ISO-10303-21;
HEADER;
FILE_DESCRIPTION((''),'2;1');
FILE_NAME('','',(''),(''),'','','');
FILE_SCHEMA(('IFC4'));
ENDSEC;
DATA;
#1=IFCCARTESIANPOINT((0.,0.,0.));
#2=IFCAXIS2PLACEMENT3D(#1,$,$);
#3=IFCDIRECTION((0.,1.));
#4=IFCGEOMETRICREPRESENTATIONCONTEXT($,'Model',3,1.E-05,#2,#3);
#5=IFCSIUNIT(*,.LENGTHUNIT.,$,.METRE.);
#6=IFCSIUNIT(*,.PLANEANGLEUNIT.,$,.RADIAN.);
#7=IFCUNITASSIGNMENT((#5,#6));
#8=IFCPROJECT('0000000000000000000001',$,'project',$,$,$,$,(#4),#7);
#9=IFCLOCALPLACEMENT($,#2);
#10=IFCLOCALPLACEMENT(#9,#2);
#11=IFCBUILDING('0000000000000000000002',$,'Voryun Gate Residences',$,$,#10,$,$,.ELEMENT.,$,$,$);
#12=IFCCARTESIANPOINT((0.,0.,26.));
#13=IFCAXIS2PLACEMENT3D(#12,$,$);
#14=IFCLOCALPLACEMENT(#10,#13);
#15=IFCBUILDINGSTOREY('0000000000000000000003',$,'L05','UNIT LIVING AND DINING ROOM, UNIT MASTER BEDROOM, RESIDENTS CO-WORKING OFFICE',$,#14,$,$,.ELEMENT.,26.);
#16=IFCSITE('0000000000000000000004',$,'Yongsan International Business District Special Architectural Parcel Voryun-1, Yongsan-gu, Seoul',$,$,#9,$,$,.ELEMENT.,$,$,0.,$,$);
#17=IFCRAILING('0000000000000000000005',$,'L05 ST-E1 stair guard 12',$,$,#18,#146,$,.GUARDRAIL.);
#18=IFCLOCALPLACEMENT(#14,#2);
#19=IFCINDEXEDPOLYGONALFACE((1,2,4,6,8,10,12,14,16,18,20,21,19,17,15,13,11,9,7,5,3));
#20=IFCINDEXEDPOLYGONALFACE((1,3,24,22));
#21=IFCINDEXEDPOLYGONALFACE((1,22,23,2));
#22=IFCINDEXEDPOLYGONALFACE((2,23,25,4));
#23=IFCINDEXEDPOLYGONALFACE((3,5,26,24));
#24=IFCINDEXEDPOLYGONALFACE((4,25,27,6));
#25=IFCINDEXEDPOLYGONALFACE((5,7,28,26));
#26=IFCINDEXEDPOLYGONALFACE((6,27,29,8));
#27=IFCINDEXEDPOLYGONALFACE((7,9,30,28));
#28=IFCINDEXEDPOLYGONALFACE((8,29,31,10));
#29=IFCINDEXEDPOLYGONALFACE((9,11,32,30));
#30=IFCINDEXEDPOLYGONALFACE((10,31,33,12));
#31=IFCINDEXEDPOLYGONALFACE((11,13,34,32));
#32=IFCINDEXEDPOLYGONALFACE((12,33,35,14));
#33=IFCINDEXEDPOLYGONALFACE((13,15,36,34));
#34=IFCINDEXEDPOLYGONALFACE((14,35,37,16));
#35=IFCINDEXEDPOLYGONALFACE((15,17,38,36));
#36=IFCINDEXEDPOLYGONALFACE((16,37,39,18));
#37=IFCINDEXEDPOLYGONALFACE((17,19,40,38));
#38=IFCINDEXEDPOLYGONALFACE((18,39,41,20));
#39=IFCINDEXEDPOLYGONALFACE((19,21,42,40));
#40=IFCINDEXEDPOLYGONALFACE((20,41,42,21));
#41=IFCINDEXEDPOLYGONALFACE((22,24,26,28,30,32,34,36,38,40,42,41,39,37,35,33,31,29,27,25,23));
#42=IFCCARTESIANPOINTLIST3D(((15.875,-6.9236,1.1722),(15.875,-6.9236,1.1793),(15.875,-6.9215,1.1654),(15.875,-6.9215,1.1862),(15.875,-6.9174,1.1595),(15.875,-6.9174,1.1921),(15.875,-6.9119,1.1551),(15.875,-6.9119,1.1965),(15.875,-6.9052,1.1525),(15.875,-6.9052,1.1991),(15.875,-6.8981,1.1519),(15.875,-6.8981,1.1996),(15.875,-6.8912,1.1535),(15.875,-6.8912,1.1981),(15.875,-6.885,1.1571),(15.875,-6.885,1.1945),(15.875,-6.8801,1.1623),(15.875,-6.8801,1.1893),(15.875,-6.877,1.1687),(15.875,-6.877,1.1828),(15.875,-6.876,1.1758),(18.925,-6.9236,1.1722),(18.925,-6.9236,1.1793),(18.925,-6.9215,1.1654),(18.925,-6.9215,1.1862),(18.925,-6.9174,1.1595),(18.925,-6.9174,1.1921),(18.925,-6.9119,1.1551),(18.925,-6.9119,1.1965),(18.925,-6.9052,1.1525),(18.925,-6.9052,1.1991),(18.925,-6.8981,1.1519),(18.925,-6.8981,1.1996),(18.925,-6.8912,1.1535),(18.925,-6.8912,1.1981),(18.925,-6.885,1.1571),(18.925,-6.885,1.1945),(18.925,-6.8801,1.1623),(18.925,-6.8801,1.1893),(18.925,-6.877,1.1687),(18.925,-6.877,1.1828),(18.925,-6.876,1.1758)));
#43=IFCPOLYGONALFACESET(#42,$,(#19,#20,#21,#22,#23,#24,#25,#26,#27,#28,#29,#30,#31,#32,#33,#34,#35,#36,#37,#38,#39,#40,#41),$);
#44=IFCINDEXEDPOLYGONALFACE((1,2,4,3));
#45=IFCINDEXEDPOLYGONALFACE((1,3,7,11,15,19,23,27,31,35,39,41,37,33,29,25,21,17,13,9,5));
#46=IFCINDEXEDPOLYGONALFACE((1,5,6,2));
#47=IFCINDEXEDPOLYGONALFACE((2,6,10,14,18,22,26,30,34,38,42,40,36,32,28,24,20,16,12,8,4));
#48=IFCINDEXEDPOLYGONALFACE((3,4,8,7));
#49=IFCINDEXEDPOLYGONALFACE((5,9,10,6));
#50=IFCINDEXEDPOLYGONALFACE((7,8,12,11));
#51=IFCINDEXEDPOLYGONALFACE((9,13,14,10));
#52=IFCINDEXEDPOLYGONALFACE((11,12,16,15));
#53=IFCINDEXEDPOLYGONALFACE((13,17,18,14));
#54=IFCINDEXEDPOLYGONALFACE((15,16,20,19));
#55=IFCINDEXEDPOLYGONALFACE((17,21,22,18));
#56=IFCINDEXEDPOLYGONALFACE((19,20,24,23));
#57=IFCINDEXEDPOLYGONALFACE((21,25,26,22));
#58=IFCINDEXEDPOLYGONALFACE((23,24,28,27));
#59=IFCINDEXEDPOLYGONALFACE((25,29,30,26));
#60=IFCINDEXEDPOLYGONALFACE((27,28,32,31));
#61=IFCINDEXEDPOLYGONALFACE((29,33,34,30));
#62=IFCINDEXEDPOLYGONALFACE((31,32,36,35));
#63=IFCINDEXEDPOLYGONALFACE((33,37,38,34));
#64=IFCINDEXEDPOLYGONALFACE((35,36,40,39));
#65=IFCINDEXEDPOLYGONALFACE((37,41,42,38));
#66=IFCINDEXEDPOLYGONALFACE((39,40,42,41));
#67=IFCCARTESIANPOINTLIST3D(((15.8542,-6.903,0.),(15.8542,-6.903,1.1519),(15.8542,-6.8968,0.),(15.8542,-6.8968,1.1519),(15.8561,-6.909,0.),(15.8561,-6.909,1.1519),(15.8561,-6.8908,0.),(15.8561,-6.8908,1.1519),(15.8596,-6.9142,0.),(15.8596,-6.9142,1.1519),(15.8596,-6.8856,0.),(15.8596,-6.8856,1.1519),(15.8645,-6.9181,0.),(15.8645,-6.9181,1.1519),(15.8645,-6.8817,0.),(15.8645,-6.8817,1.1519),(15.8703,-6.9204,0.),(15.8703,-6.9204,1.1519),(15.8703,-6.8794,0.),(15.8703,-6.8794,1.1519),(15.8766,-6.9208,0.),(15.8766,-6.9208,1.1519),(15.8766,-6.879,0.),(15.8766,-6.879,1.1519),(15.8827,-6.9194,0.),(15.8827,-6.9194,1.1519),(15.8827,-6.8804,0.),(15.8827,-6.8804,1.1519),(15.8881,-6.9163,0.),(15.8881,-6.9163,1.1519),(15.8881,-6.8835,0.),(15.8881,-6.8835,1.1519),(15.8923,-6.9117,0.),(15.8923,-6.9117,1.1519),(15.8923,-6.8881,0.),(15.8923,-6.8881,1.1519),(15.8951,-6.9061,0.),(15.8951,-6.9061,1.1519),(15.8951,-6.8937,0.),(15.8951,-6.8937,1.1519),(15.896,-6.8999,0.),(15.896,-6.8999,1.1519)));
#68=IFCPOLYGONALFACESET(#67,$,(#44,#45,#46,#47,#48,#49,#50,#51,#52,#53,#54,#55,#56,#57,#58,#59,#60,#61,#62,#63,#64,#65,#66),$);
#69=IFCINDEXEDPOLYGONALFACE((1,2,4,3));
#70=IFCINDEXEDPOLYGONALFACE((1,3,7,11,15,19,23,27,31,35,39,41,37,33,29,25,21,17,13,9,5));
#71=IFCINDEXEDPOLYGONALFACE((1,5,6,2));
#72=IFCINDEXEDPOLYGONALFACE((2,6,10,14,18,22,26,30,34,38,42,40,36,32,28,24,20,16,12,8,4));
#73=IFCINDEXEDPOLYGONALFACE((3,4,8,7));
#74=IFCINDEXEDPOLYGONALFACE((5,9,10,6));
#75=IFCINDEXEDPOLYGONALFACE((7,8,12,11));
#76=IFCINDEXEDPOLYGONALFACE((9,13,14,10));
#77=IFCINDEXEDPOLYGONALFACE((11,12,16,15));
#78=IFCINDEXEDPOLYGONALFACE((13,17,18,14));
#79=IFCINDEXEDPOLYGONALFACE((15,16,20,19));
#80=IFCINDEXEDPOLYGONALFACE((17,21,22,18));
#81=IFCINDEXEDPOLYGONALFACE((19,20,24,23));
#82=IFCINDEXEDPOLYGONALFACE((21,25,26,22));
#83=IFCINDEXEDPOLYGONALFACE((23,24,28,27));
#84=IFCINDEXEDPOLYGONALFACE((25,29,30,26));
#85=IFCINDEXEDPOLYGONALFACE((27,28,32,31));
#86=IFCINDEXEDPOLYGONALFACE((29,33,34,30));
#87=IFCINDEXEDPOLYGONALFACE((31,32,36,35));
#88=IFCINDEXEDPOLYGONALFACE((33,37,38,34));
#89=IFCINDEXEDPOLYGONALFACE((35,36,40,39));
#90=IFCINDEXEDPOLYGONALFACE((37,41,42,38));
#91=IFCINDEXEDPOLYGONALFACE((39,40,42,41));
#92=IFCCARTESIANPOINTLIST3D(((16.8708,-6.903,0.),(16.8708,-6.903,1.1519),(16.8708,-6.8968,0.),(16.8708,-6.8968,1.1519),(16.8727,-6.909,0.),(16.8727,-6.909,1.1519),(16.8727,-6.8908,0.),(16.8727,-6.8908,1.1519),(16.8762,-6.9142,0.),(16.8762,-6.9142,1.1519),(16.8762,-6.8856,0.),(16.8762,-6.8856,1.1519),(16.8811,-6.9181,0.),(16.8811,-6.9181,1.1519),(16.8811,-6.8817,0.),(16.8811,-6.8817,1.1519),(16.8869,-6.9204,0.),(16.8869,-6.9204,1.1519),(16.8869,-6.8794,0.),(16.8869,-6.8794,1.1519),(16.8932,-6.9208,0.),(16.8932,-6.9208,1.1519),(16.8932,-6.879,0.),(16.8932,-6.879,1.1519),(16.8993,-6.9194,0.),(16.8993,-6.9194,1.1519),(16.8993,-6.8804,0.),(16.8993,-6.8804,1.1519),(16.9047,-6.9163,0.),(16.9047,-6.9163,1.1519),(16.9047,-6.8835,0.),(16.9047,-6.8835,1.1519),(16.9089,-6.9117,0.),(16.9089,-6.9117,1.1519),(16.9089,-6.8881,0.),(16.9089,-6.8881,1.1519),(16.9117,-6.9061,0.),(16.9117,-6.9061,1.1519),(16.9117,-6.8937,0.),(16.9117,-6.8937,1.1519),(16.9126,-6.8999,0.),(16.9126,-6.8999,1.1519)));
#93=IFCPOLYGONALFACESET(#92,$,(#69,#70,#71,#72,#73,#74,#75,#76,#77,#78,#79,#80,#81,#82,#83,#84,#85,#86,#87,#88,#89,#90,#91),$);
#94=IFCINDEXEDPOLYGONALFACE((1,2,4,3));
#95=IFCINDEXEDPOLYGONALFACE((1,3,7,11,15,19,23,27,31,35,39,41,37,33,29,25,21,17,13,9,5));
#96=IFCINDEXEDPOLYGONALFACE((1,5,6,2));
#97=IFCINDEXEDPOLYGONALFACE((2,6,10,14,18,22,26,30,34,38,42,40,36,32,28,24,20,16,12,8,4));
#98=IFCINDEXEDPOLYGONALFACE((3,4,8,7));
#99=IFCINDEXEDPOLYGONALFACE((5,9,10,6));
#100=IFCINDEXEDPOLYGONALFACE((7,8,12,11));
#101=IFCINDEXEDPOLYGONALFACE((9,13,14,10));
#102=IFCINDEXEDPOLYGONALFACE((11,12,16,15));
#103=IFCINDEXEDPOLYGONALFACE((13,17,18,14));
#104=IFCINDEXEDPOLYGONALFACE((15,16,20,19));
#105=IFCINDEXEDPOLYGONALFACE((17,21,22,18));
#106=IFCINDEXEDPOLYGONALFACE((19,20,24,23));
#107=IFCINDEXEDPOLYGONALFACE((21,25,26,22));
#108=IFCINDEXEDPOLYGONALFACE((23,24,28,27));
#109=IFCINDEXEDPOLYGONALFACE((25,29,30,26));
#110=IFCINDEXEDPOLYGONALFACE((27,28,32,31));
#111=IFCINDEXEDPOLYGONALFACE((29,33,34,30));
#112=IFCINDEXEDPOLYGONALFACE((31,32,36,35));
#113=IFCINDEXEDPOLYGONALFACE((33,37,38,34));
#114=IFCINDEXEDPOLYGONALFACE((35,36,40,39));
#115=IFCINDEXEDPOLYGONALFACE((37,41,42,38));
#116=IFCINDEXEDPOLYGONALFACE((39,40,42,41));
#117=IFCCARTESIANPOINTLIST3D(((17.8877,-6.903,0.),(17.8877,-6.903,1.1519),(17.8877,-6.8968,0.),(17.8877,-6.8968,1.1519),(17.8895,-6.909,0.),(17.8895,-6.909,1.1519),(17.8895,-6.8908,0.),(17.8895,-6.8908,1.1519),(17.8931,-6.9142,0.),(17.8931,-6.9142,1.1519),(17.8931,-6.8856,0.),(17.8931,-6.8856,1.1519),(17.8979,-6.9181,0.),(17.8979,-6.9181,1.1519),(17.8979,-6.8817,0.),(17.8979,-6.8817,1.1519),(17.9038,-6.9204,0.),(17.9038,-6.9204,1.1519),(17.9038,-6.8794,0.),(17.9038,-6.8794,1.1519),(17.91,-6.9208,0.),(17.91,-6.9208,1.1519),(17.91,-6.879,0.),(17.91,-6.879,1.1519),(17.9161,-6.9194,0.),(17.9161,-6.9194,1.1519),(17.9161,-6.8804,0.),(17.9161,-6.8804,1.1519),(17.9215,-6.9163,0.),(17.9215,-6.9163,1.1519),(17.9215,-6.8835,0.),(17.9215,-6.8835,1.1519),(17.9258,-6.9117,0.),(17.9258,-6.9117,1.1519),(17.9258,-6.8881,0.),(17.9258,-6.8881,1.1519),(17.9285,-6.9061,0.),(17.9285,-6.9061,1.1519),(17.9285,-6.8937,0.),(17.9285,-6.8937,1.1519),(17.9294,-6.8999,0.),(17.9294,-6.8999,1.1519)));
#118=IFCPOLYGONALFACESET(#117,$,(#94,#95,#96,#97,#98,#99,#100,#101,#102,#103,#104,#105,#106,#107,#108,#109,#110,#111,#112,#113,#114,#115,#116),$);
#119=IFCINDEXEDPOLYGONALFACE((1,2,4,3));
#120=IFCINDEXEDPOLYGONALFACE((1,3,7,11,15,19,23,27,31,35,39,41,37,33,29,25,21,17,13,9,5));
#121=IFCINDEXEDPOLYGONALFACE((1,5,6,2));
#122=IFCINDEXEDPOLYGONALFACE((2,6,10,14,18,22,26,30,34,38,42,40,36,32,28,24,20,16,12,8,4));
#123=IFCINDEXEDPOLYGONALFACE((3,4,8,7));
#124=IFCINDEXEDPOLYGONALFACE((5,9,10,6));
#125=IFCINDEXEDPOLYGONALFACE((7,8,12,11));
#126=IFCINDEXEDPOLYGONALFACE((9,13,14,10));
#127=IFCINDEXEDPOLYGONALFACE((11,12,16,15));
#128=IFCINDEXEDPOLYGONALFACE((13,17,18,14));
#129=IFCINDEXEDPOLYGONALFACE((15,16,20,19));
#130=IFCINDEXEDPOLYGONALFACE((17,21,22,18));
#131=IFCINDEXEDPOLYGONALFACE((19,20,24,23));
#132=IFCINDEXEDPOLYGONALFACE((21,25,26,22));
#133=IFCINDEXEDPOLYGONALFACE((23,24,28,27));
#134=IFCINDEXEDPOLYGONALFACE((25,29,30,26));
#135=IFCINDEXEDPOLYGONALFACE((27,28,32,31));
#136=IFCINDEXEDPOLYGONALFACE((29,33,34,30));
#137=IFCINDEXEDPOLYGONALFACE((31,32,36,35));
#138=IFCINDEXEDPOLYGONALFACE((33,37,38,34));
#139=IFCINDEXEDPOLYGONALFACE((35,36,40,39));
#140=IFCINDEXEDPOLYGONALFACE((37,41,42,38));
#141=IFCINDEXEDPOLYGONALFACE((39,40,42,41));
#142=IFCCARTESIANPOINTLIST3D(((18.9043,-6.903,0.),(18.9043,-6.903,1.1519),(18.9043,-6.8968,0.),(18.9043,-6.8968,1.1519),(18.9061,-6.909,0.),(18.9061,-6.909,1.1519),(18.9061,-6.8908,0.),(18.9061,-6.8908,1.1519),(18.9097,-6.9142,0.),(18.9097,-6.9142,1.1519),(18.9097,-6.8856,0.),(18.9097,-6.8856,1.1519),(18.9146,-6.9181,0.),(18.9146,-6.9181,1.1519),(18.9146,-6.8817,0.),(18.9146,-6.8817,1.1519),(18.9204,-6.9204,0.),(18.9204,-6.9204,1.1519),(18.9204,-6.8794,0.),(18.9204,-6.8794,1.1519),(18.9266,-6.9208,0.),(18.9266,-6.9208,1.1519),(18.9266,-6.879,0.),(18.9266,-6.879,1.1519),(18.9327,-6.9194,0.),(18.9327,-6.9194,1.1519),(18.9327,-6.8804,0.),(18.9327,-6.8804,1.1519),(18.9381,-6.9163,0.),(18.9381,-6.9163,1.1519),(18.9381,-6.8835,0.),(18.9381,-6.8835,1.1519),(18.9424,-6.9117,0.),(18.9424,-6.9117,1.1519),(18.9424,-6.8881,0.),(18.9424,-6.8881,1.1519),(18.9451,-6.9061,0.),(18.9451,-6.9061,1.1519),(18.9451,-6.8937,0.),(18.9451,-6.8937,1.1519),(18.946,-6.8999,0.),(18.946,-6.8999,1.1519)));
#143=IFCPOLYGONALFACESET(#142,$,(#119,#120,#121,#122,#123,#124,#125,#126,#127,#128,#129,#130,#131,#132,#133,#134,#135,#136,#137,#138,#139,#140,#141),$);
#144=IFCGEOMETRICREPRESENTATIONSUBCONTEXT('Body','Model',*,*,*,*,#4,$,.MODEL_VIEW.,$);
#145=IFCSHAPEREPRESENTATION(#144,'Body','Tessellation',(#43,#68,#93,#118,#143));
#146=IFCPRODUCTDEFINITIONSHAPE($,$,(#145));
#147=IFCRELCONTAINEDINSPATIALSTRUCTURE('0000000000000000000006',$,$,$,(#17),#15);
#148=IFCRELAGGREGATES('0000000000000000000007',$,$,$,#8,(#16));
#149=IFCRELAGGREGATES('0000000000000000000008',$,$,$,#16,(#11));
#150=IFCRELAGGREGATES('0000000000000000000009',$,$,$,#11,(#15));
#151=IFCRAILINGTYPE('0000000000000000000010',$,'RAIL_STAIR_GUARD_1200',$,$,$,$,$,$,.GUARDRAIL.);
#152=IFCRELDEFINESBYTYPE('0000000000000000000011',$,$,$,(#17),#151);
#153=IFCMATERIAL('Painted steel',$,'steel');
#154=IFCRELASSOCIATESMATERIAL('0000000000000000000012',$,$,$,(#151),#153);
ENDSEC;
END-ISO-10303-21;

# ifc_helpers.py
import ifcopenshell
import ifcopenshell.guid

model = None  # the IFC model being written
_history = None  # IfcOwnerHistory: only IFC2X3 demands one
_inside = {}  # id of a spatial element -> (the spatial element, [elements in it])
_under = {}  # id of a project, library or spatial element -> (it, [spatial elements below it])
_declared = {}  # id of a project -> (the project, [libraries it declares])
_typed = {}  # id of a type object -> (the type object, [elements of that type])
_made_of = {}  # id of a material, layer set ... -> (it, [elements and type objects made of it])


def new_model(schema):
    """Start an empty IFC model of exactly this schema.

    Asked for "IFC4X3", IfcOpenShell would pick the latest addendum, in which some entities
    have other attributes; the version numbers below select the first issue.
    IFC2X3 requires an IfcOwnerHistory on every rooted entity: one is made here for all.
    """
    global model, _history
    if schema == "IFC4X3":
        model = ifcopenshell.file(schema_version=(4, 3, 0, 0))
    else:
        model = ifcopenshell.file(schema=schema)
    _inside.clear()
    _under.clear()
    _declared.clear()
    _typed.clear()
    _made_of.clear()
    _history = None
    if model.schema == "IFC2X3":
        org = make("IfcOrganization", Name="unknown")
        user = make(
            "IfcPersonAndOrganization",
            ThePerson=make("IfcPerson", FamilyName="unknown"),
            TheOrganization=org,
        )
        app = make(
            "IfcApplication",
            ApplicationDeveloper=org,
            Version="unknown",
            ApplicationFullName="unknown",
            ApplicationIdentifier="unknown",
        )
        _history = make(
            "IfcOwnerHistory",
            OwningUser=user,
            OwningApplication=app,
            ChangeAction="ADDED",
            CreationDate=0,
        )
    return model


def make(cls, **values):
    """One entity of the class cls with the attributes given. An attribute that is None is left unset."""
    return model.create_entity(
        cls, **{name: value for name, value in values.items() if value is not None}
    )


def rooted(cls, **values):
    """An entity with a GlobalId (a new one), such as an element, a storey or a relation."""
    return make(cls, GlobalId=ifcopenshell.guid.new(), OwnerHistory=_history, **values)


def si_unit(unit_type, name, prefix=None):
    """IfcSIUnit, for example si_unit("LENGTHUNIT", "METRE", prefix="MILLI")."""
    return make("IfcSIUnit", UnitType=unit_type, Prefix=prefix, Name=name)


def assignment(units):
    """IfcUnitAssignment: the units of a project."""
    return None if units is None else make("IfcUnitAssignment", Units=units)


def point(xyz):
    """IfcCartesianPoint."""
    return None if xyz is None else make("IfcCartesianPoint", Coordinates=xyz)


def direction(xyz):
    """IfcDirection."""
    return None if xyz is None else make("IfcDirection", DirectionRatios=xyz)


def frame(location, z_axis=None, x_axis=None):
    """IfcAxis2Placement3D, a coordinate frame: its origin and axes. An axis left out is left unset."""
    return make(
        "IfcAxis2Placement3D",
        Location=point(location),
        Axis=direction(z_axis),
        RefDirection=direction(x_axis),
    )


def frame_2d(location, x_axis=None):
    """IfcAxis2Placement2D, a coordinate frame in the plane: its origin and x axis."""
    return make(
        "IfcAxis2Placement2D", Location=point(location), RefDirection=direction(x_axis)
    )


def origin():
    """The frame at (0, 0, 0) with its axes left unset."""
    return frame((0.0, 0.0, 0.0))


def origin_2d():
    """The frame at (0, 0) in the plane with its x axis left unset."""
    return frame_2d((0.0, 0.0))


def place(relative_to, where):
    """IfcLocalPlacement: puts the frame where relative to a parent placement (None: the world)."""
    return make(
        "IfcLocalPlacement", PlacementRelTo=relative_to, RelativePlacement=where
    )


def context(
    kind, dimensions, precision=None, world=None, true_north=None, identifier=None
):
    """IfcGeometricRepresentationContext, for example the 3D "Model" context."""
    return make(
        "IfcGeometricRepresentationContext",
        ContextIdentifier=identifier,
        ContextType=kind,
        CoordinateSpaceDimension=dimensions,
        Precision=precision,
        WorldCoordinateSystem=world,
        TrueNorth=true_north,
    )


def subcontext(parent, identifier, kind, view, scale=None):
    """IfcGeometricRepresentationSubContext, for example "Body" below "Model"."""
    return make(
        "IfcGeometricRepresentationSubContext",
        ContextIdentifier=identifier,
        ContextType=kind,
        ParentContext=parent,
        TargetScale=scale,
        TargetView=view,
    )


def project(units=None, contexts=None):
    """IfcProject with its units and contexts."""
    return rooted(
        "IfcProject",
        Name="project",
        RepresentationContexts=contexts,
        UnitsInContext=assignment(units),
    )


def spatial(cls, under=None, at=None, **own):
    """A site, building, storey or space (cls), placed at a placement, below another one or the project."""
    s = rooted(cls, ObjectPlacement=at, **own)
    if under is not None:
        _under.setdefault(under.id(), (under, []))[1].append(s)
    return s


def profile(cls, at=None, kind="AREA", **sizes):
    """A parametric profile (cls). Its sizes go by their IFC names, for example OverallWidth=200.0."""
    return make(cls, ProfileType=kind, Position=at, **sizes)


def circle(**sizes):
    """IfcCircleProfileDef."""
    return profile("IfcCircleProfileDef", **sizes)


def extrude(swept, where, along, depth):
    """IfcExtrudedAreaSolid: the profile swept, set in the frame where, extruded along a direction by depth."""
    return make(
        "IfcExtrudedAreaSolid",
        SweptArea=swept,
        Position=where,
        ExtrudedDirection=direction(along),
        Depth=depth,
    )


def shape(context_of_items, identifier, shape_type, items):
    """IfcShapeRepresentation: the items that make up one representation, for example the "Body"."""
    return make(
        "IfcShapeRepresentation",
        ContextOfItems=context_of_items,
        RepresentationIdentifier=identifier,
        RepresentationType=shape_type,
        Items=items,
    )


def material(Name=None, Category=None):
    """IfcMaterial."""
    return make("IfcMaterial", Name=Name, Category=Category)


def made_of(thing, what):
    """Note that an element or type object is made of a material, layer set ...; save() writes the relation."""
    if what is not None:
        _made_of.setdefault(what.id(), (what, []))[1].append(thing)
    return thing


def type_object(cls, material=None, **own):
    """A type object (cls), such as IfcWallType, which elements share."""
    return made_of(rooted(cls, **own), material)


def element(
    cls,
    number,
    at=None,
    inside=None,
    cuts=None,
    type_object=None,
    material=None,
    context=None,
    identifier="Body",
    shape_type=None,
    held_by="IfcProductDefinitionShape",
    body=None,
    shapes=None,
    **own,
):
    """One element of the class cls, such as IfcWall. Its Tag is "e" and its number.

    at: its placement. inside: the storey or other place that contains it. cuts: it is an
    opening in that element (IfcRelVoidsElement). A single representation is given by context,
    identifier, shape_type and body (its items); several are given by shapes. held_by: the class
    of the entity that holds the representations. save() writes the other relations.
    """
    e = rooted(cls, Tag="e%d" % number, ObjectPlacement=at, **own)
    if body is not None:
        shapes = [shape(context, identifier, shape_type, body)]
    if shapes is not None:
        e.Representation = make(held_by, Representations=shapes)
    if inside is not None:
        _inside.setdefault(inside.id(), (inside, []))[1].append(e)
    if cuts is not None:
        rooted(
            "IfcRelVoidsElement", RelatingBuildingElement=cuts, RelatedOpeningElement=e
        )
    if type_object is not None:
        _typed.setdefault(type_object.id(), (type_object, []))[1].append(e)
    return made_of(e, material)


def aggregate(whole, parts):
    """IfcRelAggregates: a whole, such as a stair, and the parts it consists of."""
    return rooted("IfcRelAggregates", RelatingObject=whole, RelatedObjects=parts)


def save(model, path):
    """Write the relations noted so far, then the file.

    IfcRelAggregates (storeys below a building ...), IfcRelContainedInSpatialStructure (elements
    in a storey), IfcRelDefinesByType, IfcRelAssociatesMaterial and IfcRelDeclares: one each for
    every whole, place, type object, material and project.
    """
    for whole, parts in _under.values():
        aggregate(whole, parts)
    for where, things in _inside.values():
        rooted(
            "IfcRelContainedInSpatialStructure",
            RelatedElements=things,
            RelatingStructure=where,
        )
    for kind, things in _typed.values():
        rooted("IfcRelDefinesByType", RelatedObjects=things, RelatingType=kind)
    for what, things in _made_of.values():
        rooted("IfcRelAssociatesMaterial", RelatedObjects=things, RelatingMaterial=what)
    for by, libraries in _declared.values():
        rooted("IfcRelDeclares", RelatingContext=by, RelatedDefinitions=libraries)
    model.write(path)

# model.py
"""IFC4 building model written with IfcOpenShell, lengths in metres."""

from ifc_helpers import new_model, si_unit, direction, frame, origin, origin_2d, place, context, subcontext, project, spatial, circle, extrude, material, type_object, element, save


model = new_model("IFC4")

# Units and contexts
model_context = context("Model", 3, precision=1e-05, world=origin(), true_north=direction((0.0, 1.0)))
body_context = subcontext(model_context, "Body", "Model", "MODEL_VIEW")
ifc_project = project(units=[si_unit("LENGTHUNIT", "METRE"), si_unit("PLANEANGLEUNIT", "RADIAN")], contexts=[model_context])

# Site, building, storey
site_placement = place(None, origin())
site = spatial("IfcSite", under=ifc_project, at=site_placement, Name="Yongsan International Business District Special Architectural Parcel Voryun-1, Yongsan-gu, Seoul", CompositionType="ELEMENT", RefElevation=0.0)
building_placement = place(site_placement, origin())
building = spatial("IfcBuilding", under=site, at=building_placement, Name="Voryun Gate Residences", CompositionType="ELEMENT")
storey_placement = place(building_placement, frame((0.0, 0.0, 26.0)))
storey = spatial("IfcBuildingStorey", under=building, at=storey_placement, Name="L05", Description="UNIT LIVING AND DINING ROOM, UNIT MASTER BEDROOM, RESIDENTS CO-WORKING OFFICE", CompositionType="ELEMENT", Elevation=26.0)

# Railing
ifc_material_1 = material(Name="Painted steel", Category="steel")
railing_type_1 = type_object("IfcRailingType", Name="RAIL_STAIR_GUARD_1200", PredefinedType="GUARDRAIL", material=ifc_material_1)
railing_1_placement = place(storey_placement, frame((15.875, -6.8999, 0.0)))
element("IfcRailing", 1, at=railing_1_placement, inside=storey, type_object=railing_type_1, Name="L05 ST-E1 stair guard 12", PredefinedType="GUARDRAIL", context=body_context, shape_type="SweptSolid", body=[
    extrude(circle(Radius=0.0239, at=origin_2d()), frame((0.0, 0.0, 1.1758), z_axis=(1.0, 0.0, 0.0), x_axis=(0.0, 1.0, 0.0)), (0.0, 0.0, 1.0), 3.05),
    extrude(circle(Radius=0.021, at=origin_2d()), origin(), (0.0, 0.0, 1.0), 1.1519),
    extrude(circle(Radius=0.021, at=origin_2d()), frame((1.0166, 0.0, 0.0)), (0.0, 0.0, 1.0), 1.1519),
    extrude(circle(Radius=0.021, at=origin_2d()), frame((2.0334, 0.0, 0.0)), (0.0, 0.0, 1.0), 1.1519),
    extrude(circle(Radius=0.021, at=origin_2d()), frame((3.05, 0.0, 0.0)), (0.0, 0.0, 1.0), 1.1519),
])

save(model, "model.ifc")
